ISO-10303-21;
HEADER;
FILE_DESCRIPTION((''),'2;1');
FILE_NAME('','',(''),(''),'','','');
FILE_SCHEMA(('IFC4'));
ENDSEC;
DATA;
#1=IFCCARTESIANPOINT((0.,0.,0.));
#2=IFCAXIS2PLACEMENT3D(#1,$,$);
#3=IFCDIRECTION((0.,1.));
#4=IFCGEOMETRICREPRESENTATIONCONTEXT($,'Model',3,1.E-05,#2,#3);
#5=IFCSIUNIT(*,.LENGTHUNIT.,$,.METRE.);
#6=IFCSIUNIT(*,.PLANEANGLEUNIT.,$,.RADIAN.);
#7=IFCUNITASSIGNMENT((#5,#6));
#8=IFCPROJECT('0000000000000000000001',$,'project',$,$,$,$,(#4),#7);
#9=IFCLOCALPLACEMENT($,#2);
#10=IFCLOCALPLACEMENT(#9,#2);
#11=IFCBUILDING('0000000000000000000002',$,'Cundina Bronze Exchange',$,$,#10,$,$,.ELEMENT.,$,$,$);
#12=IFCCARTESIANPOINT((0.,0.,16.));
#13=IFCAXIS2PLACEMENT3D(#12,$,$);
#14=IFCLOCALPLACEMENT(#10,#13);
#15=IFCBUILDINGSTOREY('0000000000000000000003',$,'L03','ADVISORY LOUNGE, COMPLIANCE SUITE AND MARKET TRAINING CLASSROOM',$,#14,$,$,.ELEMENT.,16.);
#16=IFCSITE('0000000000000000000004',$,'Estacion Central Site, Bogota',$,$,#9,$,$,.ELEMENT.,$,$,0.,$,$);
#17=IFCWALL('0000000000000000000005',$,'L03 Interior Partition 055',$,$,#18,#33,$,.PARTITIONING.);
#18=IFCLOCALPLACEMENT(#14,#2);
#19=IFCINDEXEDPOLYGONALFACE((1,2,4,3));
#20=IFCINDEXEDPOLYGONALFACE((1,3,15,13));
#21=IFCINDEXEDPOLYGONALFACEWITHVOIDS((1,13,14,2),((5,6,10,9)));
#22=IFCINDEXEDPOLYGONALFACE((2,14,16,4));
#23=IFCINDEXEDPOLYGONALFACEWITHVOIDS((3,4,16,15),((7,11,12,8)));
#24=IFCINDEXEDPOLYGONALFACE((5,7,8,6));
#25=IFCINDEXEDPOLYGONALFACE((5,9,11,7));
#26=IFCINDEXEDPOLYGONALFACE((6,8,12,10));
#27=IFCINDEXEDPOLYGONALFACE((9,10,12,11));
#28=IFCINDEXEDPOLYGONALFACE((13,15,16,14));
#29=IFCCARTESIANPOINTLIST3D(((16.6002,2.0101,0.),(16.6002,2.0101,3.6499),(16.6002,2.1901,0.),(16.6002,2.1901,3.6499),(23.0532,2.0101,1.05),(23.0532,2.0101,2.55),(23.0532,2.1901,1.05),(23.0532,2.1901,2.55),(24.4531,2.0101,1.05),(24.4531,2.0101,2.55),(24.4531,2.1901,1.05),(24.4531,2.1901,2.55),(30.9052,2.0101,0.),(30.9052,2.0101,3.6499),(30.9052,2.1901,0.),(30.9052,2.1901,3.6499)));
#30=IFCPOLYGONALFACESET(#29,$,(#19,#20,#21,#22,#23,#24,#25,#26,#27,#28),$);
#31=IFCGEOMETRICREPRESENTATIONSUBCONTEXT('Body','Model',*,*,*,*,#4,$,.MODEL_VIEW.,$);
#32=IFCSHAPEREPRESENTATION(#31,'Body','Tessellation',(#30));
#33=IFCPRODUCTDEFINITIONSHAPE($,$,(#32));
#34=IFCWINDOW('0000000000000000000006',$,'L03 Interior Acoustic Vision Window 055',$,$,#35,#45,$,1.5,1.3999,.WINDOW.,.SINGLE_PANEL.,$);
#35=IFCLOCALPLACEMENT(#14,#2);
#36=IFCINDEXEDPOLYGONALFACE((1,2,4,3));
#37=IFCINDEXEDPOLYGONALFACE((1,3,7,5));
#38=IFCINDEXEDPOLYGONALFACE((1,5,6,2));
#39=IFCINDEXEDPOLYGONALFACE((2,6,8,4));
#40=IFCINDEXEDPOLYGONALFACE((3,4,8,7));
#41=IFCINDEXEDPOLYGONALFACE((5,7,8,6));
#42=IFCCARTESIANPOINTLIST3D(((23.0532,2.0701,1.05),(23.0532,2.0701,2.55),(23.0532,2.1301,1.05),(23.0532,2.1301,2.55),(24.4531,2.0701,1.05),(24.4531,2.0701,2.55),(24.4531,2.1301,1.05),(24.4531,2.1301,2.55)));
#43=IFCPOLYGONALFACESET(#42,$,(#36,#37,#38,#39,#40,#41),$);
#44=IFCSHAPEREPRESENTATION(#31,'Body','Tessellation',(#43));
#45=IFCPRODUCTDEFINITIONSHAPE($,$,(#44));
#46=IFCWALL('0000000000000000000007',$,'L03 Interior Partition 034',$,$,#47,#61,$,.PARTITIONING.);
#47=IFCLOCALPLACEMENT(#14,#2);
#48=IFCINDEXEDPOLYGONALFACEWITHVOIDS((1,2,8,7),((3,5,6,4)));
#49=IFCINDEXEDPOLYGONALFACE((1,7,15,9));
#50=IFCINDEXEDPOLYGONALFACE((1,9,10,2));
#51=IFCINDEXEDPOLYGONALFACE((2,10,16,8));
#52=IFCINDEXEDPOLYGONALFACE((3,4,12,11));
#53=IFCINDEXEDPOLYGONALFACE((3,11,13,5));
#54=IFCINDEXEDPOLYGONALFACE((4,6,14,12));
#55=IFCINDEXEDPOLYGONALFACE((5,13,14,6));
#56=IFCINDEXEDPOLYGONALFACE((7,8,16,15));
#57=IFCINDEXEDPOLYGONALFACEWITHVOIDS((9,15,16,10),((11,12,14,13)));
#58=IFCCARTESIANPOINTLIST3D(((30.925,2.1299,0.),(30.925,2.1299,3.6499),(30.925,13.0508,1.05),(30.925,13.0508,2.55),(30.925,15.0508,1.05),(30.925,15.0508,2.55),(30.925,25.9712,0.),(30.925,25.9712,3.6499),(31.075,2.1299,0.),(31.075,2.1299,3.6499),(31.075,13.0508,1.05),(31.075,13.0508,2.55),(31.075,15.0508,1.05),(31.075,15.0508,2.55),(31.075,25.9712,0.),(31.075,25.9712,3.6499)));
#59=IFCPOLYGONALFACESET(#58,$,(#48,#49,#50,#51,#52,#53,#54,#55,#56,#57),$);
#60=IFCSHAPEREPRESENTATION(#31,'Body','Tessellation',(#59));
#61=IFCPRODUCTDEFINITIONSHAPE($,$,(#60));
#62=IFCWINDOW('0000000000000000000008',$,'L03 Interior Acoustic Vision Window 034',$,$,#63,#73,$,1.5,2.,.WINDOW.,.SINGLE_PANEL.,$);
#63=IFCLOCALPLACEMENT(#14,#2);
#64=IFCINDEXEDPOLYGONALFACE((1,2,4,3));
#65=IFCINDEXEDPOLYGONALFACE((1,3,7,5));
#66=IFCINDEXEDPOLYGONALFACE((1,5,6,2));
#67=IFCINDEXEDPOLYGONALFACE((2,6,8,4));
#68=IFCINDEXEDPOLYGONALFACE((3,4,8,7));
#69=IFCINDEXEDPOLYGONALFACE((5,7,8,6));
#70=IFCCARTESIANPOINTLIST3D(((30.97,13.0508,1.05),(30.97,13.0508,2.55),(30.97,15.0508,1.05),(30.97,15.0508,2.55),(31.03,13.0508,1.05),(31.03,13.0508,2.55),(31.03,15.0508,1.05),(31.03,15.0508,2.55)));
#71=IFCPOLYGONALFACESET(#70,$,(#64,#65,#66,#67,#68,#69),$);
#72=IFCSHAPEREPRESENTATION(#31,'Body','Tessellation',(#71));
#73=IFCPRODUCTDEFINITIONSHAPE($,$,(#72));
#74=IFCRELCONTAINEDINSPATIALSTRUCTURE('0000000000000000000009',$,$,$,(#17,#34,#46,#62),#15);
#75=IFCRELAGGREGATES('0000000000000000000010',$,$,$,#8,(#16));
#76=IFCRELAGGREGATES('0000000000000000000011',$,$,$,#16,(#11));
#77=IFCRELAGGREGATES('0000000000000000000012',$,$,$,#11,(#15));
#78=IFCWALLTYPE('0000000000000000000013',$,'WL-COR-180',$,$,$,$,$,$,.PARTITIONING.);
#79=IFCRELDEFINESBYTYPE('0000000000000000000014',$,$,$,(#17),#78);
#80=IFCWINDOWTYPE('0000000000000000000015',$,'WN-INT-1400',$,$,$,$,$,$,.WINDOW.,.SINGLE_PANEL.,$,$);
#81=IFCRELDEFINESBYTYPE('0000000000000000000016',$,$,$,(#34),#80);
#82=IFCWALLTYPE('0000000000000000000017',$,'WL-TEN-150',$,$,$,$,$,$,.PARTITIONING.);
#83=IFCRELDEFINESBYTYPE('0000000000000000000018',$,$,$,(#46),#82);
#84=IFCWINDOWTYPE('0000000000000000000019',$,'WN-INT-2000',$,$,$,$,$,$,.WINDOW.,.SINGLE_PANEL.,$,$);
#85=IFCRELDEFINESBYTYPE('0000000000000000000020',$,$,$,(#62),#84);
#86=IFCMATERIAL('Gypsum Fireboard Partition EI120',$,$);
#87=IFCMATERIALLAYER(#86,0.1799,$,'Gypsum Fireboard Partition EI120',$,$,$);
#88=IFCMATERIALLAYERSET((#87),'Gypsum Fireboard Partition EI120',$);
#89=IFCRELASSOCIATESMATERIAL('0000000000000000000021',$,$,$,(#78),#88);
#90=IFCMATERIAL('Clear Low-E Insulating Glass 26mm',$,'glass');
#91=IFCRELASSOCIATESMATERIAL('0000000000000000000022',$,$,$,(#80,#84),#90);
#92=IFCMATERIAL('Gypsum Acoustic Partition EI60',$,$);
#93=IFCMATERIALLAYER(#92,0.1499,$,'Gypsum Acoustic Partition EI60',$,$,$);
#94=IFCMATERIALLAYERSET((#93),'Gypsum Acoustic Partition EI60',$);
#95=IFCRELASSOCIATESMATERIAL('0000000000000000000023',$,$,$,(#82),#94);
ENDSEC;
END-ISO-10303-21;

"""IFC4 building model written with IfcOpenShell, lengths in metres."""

from ifc_helpers import new_model, si_unit, direction, frame, frame_2d, origin, place, context, subcontext, project, spatial, rectangle, extrude, material, layer, layer_set, type_object, element, fill, save


model = new_model("IFC4")

# Units and contexts
model_context = context("Model", 3, precision=1e-05, world=origin(), true_north=direction((0.0, 1.0)))
body_context = subcontext(model_context, "Body", "Model", "MODEL_VIEW")
ifc_project = project(units=[si_unit("LENGTHUNIT", "METRE"), si_unit("PLANEANGLEUNIT", "RADIAN")], contexts=[model_context])

# Site, building, storey
site_placement = place(None, origin())
site = spatial("IfcSite", under=ifc_project, at=site_placement, Name="Estacion Central Site, Bogota", CompositionType="ELEMENT", RefElevation=0.0)
building_placement = place(site_placement, origin())
building = spatial("IfcBuilding", under=site, at=building_placement, Name="Cundina Bronze Exchange", CompositionType="ELEMENT")
storey_placement = place(building_placement, frame((0.0, 0.0, 16.0)))
storey = spatial("IfcBuildingStorey", under=building, at=storey_placement, Name="L03", Description="ADVISORY LOUNGE, COMPLIANCE SUITE AND MARKET TRAINING CLASSROOM", CompositionType="ELEMENT", Elevation=16.0)

# Shared definitions
ifc_material_1 = material(Name="Gypsum Fireboard Partition EI120")
ifc_layer_1 = layer(ifc_material_1, 0.1799, Name="Gypsum Fireboard Partition EI120")
ifc_layer_set_1 = layer_set([ifc_layer_1], Name="Gypsum Fireboard Partition EI120")
wall_type_1 = type_object("IfcWallType", Name="WL-COR-180", PredefinedType="PARTITIONING", material=ifc_layer_set_1)

# Walls, openings, windows
wall_1_placement = place(storey_placement, frame((30.905, 2.1001, 0.0), z_axis=(0.0, 0.0, 1.0), x_axis=(-1.0, 0.0, 0.0)))
wall_1 = element("IfcWall", 1, at=wall_1_placement, inside=storey, type_object=wall_type_1, Name="L03 Interior Partition 055", PredefinedType="PARTITIONING", context=body_context, shape_type="SweptSolid", body=[
    extrude(rectangle(XDim=14.3049, YDim=0.1799, at=frame_2d((7.1523, 0.0))), origin(), (0.0, 0.0, 1.0), 3.6499),
])
opening_1_placement = place(wall_1_placement, frame((6.4519, 0.0, 1.05)))
opening_1 = element("IfcOpeningElement", 2, at=opening_1_placement, cuts=wall_1, PredefinedType="OPENING", context=body_context, shape_type="SweptSolid", body=[
    extrude(rectangle(XDim=1.3999, YDim=1.5, at=frame_2d((0.7, 0.75))), frame((0.0, 0.0999, 0.0), z_axis=(0.0, -1.0, 0.0), x_axis=(1.0, 0.0, 0.0)), (0.0, 0.0, 1.0), 0.2),
])
ifc_material_2 = material(Name="Clear Low-E Insulating Glass 26mm", Category="glass")
window_type_1 = type_object("IfcWindowType", Name="WN-INT-1400", PartitioningType="SINGLE_PANEL", PredefinedType="WINDOW", material=ifc_material_2)
window_1_placement = place(opening_1_placement, origin())
window_1 = element("IfcWindow", 3, at=window_1_placement, inside=storey, type_object=window_type_1, Name="L03 Interior Acoustic Vision Window 055", OverallHeight=1.5, OverallWidth=1.3999, PartitioningType="SINGLE_PANEL", PredefinedType="WINDOW", context=body_context, shape_type="SweptSolid", body=[
    extrude(rectangle(XDim=1.3999, YDim=1.5, at=frame_2d((0.7, 0.75))), frame((0.0, 0.03, 0.0), z_axis=(0.0, -1.0, 0.0), x_axis=(1.0, 0.0, 0.0)), (0.0, 0.0, 1.0), 0.0601),
])
fill(opening_1, window_1)
ifc_material_3 = material(Name="Gypsum Acoustic Partition EI60")
ifc_layer_2 = layer(ifc_material_3, 0.1499, Name="Gypsum Acoustic Partition EI60")
ifc_layer_set_2 = layer_set([ifc_layer_2], Name="Gypsum Acoustic Partition EI60")
wall_type_2 = type_object("IfcWallType", Name="WL-TEN-150", PredefinedType="PARTITIONING", material=ifc_layer_set_2)
wall_2_placement = place(storey_placement, frame((31.0, 2.1299, 0.0), z_axis=(0.0, 0.0, 1.0), x_axis=(0.0, 1.0, 0.0)))
wall_2 = element("IfcWall", 4, at=wall_2_placement, inside=storey, type_object=wall_type_2, Name="L03 Interior Partition 034", PredefinedType="PARTITIONING", context=body_context, shape_type="SweptSolid", body=[
    extrude(rectangle(XDim=23.8413, YDim=0.1499, at=frame_2d((11.9207, 0.0))), origin(), (0.0, 0.0, 1.0), 3.6499),
])
opening_2_placement = place(wall_2_placement, frame((10.9209, 0.0, 1.05)))
opening_2 = element("IfcOpeningElement", 5, at=opening_2_placement, cuts=wall_2, PredefinedType="OPENING", context=body_context, shape_type="SweptSolid", body=[
    extrude(rectangle(XDim=2.0, YDim=1.5, at=frame_2d((1.0, 0.75))), frame((0.0, 0.085, 0.0), z_axis=(0.0, -1.0, 0.0), x_axis=(1.0, 0.0, 0.0)), (0.0, 0.0, 1.0), 0.1699),
])
window_type_2 = type_object("IfcWindowType", Name="WN-INT-2000", PartitioningType="SINGLE_PANEL", PredefinedType="WINDOW", material=ifc_material_2)
window_2_placement = place(opening_2_placement, origin())
window_2 = element("IfcWindow", 6, at=window_2_placement, inside=storey, type_object=window_type_2, Name="L03 Interior Acoustic Vision Window 034", OverallHeight=1.5, OverallWidth=2.0, PartitioningType="SINGLE_PANEL", PredefinedType="WINDOW", context=body_context, shape_type="SweptSolid", body=[
    extrude(rectangle(XDim=2.0, YDim=1.5, at=frame_2d((1.0, 0.75))), frame((0.0, 0.03, 0.0), z_axis=(0.0, -1.0, 0.0), x_axis=(1.0, 0.0, 0.0)), (0.0, 0.0, 1.0), 0.0601),
])
fill(opening_2, window_2)

save(model, "model.ifc")
